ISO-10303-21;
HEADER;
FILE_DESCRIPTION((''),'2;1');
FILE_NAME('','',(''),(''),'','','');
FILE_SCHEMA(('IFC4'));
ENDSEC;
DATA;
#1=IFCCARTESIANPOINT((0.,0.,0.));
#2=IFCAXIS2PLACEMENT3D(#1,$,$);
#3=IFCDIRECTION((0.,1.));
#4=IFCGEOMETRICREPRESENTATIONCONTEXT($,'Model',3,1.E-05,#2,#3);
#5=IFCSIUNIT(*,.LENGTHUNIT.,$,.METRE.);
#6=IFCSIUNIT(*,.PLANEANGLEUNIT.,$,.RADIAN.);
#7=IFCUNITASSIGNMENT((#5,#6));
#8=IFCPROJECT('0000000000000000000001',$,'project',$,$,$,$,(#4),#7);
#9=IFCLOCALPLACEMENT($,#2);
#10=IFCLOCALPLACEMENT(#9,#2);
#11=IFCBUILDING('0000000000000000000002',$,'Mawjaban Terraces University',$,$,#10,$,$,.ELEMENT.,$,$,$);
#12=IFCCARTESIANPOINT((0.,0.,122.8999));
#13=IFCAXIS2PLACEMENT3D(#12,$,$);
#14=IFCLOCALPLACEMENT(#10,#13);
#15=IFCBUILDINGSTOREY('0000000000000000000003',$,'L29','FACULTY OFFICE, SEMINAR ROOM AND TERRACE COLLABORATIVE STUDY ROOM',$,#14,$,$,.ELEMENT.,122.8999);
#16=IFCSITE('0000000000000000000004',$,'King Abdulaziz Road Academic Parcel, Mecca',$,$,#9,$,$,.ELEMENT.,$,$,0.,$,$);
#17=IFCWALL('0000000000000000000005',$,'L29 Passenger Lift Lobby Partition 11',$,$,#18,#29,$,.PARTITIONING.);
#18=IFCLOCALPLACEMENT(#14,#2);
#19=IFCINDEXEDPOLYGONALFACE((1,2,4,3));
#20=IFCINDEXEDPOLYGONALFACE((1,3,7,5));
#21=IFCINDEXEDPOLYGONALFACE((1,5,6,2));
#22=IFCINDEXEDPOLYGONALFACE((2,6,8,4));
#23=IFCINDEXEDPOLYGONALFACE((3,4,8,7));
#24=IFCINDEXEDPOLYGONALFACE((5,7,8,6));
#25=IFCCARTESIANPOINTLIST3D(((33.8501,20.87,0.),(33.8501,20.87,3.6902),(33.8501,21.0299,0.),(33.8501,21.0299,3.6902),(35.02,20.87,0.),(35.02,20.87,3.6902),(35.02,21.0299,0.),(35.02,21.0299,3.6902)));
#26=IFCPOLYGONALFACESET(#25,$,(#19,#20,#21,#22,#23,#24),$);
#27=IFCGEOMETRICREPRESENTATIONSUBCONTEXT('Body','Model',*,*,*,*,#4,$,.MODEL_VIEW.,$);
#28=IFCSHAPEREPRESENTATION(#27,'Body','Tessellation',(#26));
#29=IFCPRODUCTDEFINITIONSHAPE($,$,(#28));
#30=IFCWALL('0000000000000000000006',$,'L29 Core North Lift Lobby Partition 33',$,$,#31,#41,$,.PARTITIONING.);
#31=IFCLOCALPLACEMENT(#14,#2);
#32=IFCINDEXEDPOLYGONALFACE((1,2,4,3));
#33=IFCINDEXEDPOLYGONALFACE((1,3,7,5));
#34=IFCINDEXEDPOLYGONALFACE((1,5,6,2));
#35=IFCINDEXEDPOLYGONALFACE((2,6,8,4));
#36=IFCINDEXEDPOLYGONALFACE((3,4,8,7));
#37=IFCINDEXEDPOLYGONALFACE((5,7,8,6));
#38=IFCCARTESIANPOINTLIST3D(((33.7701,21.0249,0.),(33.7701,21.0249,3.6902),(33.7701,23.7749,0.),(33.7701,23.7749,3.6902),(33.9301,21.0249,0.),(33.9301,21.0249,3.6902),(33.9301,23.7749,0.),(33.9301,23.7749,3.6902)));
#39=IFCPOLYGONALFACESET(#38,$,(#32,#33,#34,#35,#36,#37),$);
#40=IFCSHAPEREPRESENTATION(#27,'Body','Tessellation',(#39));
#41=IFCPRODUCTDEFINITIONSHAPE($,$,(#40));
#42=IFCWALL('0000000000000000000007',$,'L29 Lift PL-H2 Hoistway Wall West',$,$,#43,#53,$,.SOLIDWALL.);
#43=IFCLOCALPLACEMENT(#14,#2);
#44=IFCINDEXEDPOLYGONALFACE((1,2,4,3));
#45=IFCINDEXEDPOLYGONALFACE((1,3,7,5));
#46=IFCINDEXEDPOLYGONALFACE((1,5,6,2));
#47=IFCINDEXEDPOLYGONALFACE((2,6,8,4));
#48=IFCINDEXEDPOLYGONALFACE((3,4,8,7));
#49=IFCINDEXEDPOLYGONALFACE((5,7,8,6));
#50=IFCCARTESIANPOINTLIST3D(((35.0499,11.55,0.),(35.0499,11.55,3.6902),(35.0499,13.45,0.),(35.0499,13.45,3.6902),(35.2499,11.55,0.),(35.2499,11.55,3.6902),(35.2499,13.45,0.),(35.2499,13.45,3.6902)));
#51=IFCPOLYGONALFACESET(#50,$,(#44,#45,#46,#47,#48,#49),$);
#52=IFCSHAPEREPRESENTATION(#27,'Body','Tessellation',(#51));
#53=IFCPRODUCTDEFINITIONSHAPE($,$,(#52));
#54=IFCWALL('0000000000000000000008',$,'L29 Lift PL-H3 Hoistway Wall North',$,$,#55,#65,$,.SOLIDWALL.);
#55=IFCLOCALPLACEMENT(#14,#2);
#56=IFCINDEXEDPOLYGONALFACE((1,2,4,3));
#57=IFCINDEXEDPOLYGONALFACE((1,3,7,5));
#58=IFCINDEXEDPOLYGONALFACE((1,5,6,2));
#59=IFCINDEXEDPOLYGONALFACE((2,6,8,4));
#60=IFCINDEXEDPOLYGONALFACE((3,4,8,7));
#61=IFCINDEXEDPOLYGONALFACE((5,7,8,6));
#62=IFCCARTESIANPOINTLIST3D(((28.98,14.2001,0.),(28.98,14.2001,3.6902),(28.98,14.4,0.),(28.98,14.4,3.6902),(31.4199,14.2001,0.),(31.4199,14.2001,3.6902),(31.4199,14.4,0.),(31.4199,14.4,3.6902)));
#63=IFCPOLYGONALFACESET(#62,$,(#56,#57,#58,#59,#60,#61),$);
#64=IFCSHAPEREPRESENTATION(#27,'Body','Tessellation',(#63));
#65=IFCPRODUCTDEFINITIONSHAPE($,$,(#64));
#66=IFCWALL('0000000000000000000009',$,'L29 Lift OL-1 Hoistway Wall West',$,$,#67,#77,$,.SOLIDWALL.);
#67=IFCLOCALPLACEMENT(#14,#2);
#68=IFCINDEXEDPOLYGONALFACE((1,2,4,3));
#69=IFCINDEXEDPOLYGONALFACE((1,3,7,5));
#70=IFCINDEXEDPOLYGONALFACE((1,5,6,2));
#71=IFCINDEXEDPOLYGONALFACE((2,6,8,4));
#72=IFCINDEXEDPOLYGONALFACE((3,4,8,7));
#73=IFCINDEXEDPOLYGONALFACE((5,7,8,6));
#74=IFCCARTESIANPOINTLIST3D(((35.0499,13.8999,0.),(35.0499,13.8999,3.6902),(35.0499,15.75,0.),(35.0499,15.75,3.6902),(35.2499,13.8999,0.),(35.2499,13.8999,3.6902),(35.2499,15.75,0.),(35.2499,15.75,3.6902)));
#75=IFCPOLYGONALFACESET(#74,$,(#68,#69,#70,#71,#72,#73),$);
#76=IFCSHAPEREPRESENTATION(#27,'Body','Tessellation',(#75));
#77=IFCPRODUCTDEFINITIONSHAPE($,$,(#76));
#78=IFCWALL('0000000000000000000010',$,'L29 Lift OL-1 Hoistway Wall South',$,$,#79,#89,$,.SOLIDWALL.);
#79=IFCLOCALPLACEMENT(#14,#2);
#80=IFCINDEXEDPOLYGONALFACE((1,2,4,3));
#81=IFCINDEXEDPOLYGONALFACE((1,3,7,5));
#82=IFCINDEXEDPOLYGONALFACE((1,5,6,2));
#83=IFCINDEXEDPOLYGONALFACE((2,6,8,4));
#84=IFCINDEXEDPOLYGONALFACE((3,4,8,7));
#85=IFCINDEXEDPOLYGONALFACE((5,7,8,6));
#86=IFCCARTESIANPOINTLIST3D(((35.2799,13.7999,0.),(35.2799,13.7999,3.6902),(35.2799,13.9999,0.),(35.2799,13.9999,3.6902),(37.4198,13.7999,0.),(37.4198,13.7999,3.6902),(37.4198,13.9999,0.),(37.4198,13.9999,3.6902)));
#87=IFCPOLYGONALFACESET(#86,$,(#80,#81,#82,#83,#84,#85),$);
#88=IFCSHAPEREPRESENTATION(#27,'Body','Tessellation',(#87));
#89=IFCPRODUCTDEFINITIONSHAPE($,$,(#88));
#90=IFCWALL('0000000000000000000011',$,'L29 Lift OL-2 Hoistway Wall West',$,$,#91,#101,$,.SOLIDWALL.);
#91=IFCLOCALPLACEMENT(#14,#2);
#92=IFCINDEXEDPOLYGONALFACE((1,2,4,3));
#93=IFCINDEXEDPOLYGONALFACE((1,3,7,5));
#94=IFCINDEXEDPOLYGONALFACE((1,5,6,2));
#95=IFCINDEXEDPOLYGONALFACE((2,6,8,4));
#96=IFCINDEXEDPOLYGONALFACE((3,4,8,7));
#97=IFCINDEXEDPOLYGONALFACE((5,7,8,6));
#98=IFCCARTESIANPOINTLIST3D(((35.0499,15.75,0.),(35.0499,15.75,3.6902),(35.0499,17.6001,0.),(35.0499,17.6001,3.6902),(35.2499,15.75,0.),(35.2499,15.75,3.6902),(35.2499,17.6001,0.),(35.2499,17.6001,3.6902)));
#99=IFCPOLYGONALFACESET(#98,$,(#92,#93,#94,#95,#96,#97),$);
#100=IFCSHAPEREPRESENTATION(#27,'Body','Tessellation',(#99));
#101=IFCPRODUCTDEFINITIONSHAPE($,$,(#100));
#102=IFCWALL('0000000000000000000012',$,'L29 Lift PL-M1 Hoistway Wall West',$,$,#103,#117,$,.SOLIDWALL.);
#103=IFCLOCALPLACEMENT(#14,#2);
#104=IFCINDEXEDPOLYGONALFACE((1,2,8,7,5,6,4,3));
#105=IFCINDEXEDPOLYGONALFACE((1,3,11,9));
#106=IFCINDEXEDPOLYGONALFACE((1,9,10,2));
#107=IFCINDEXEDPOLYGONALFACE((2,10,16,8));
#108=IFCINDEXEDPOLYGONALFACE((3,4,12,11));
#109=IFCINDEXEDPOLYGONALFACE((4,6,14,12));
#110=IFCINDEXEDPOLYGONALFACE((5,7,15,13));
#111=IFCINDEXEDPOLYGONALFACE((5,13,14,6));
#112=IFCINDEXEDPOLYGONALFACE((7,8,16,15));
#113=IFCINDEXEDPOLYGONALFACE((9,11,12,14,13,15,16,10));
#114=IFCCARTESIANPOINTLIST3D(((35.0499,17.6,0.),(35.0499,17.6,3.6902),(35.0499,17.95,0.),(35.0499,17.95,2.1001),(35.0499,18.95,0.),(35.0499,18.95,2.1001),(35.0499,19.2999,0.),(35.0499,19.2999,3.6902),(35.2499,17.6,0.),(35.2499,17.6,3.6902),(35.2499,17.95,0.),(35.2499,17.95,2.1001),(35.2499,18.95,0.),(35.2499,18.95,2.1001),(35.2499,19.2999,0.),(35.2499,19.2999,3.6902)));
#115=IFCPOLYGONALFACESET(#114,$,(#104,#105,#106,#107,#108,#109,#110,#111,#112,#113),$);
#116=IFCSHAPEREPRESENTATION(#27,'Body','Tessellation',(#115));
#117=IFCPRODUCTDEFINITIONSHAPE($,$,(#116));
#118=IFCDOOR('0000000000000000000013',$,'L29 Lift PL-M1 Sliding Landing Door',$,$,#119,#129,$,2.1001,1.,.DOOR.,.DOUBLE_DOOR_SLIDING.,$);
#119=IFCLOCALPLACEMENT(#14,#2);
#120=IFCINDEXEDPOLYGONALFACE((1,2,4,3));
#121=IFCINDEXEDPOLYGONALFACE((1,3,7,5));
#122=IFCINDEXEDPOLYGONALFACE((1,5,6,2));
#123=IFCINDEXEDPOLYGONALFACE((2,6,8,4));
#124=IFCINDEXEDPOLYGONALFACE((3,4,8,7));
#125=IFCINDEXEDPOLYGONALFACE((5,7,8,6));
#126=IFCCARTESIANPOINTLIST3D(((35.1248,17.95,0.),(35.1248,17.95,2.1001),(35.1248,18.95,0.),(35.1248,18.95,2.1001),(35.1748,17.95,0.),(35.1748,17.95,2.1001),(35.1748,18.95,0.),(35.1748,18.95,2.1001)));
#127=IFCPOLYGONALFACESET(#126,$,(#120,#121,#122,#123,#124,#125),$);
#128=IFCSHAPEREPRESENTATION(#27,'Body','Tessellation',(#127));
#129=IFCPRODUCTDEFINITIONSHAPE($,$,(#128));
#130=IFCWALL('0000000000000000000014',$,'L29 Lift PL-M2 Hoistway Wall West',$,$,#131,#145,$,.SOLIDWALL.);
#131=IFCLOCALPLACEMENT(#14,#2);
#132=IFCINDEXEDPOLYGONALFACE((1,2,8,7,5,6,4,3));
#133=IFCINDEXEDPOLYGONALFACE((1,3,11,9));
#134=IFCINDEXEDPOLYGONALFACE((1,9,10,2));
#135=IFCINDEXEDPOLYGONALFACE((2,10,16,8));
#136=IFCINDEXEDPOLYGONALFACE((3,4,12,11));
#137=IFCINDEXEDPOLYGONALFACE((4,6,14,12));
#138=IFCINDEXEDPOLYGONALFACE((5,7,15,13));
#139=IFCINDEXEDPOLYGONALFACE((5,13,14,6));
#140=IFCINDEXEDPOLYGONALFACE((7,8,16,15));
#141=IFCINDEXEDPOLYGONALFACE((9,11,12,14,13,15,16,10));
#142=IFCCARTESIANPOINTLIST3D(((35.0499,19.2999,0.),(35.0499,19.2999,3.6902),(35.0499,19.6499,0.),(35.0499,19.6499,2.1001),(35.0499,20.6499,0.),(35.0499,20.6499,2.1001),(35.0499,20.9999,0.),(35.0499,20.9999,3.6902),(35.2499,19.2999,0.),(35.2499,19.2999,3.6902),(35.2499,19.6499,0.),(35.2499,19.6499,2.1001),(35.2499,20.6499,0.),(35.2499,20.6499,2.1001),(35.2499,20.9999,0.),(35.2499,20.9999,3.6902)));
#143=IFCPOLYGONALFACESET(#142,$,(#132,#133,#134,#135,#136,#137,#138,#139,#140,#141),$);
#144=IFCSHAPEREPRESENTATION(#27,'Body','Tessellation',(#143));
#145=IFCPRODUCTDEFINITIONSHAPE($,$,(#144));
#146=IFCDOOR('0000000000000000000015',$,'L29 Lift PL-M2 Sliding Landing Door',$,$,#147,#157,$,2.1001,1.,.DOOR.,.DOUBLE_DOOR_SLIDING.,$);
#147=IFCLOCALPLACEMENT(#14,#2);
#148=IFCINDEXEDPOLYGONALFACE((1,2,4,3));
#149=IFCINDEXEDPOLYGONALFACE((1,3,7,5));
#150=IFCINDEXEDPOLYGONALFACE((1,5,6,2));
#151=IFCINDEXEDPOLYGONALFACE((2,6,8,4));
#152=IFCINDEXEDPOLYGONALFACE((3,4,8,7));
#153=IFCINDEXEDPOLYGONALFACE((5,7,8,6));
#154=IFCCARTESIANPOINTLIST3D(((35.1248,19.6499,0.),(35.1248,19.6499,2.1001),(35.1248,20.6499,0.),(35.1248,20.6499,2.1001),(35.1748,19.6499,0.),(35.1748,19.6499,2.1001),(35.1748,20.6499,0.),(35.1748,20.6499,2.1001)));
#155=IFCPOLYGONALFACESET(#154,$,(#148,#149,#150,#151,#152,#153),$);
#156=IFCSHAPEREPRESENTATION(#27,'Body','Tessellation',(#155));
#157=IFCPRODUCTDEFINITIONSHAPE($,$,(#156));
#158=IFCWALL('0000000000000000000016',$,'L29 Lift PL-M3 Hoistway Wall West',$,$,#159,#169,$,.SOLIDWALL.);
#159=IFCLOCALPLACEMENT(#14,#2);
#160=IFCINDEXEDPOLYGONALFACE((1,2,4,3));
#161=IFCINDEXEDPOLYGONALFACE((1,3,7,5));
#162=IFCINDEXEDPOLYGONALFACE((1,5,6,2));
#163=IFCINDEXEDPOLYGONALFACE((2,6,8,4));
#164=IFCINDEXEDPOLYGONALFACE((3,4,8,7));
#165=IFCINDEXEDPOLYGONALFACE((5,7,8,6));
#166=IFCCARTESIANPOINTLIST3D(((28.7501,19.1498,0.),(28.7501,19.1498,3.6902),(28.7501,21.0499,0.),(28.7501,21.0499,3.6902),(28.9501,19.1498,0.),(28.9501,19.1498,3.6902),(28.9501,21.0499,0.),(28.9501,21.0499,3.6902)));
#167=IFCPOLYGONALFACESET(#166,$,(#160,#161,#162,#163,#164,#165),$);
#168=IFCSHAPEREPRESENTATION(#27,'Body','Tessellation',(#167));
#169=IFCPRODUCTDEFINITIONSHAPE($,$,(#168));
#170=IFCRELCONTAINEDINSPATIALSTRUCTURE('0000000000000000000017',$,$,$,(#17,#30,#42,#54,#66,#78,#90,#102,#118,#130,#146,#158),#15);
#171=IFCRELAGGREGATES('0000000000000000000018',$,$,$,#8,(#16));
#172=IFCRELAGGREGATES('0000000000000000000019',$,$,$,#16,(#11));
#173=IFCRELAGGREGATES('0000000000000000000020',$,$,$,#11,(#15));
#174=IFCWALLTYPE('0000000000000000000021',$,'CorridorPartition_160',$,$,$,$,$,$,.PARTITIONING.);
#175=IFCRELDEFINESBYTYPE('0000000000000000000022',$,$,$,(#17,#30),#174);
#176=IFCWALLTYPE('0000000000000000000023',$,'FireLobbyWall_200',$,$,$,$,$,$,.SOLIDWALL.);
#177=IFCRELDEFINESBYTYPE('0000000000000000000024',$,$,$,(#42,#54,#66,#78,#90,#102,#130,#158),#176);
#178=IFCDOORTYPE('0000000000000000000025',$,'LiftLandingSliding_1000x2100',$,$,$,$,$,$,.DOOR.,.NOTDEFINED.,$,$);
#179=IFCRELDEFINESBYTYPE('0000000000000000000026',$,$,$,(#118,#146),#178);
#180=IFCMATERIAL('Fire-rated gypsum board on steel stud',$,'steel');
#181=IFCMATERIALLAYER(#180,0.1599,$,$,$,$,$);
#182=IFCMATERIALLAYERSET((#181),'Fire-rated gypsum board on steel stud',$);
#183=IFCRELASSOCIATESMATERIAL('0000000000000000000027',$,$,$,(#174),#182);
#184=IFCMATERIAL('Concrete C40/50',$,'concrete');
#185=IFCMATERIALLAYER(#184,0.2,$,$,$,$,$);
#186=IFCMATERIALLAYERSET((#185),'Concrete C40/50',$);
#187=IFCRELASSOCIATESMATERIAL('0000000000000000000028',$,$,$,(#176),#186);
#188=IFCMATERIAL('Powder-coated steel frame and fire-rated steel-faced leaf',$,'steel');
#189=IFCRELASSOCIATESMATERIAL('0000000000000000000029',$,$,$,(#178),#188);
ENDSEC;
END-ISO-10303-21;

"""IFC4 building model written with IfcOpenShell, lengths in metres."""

from ifc_helpers import new_model, si_unit, direction, frame, frame_2d, origin, place, context, subcontext, project, spatial, rectangle, extrude, material, layer, layer_set, type_object, element, fill, save


model = new_model("IFC4")

# Units and contexts
model_context = context("Model", 3, precision=1e-05, world=origin(), true_north=direction((0.0, 1.0)))
body_context = subcontext(model_context, "Body", "Model", "MODEL_VIEW")
ifc_project = project(units=[si_unit("LENGTHUNIT", "METRE"), si_unit("PLANEANGLEUNIT", "RADIAN")], contexts=[model_context])

# Site, building, storey
site_placement = place(None, origin())
site = spatial("IfcSite", under=ifc_project, at=site_placement, Name="King Abdulaziz Road Academic Parcel, Mecca", CompositionType="ELEMENT", RefElevation=0.0)
building_placement = place(site_placement, origin())
building = spatial("IfcBuilding", under=site, at=building_placement, Name="Mawjaban Terraces University", CompositionType="ELEMENT")
storey_placement = place(building_placement, frame((0.0, 0.0, 122.8999)))
storey = spatial("IfcBuildingStorey", under=building, at=storey_placement, Name="L29", Description="FACULTY OFFICE, SEMINAR ROOM AND TERRACE COLLABORATIVE STUDY ROOM", CompositionType="ELEMENT", Elevation=122.8999)

# Walls
ifc_material_1 = material(Name="Fire-rated gypsum board on steel stud", Category="steel")
ifc_layer_1 = layer(ifc_material_1, 0.1599)
ifc_layer_set_1 = layer_set([ifc_layer_1], Name="Fire-rated gypsum board on steel stud")
wall_type_1 = type_object("IfcWallType", Name="CorridorPartition_160", PredefinedType="PARTITIONING", material=ifc_layer_set_1)
wall_1_placement = place(storey_placement, frame((35.02, 20.95, 0.0), z_axis=(0.0, 0.0, 1.0), x_axis=(-1.0, 0.0, 0.0)))
element("IfcWall", 1, at=wall_1_placement, inside=storey, type_object=wall_type_1, Name="L29 Passenger Lift Lobby Partition 11", PredefinedType="PARTITIONING", context=body_context, shape_type="SweptSolid", body=[
    extrude(rectangle(XDim=1.1699, YDim=0.1599, at=frame_2d((0.585, 0.0))), origin(), (0.0, 0.0, 1.0), 3.6902),
])
wall_2_placement = place(storey_placement, frame((33.8501, 21.0249, 0.0), z_axis=(0.0, 0.0, 1.0), x_axis=(0.0, 1.0, 0.0)))
element("IfcWall", 2, at=wall_2_placement, inside=storey, type_object=wall_type_1, Name="L29 Core North Lift Lobby Partition 33", PredefinedType="PARTITIONING", context=body_context, shape_type="SweptSolid", body=[
    extrude(rectangle(XDim=2.75, YDim=0.1599, at=frame_2d((1.375, 0.0))), origin(), (0.0, 0.0, 1.0), 3.6902),
])
ifc_material_2 = material(Name="Concrete C40/50", Category="concrete")
ifc_layer_2 = layer(ifc_material_2, 0.2)
ifc_layer_set_2 = layer_set([ifc_layer_2], Name="Concrete C40/50")
wall_type_2 = type_object("IfcWallType", Name="FireLobbyWall_200", PredefinedType="SOLIDWALL", material=ifc_layer_set_2)
wall_3_placement = place(storey_placement, frame((35.1499, 13.45, 0.0), z_axis=(0.0, 0.0, 1.0), x_axis=(0.0, -1.0, 0.0)))
element("IfcWall", 3, at=wall_3_placement, inside=storey, type_object=wall_type_2, Name="L29 Lift PL-H2 Hoistway Wall West", PredefinedType="SOLIDWALL", context=body_context, shape_type="SweptSolid", body=[
    extrude(rectangle(XDim=1.8999, YDim=0.2, at=frame_2d((0.95, 0.0))), origin(), (0.0, 0.0, 1.0), 3.6902),
])
wall_4_placement = place(storey_placement, frame((31.4199, 14.3, 0.0), z_axis=(0.0, 0.0, 1.0), x_axis=(-1.0, 0.0, 0.0)))
element("IfcWall", 4, at=wall_4_placement, inside=storey, type_object=wall_type_2, Name="L29 Lift PL-H3 Hoistway Wall North", PredefinedType="SOLIDWALL", context=body_context, shape_type="SweptSolid", body=[
    extrude(rectangle(XDim=2.4399, YDim=0.2, at=frame_2d((1.22, 0.0))), origin(), (0.0, 0.0, 1.0), 3.6902),
])
wall_5_placement = place(storey_placement, frame((35.1499, 15.75, 0.0), z_axis=(0.0, 0.0, 1.0), x_axis=(0.0, -1.0, 0.0)))
element("IfcWall", 5, at=wall_5_placement, inside=storey, type_object=wall_type_2, Name="L29 Lift OL-1 Hoistway Wall West", PredefinedType="SOLIDWALL", context=body_context, shape_type="SweptSolid", body=[
    extrude(rectangle(XDim=1.8501, YDim=0.2, at=frame_2d((0.925, 0.0))), origin(), (0.0, 0.0, 1.0), 3.6902),
])
wall_6_placement = place(storey_placement, frame((35.28, 13.8999, 0.0), z_axis=(0.0, 0.0, 1.0), x_axis=(1.0, 0.0, 0.0)))
element("IfcWall", 6, at=wall_6_placement, inside=storey, type_object=wall_type_2, Name="L29 Lift OL-1 Hoistway Wall South", PredefinedType="SOLIDWALL", context=body_context, shape_type="SweptSolid", body=[
    extrude(rectangle(XDim=2.1399, YDim=0.2, at=frame_2d((1.0698, 0.0))), origin(), (0.0, 0.0, 1.0), 3.6902),
])
wall_7_placement = place(storey_placement, frame((35.1499, 17.6001, 0.0), z_axis=(0.0, 0.0, 1.0), x_axis=(0.0, -1.0, 0.0)))
element("IfcWall", 7, at=wall_7_placement, inside=storey, type_object=wall_type_2, Name="L29 Lift OL-2 Hoistway Wall West", PredefinedType="SOLIDWALL", context=body_context, shape_type="SweptSolid", body=[
    extrude(rectangle(XDim=1.8501, YDim=0.2, at=frame_2d((0.925, 0.0))), origin(), (0.0, 0.0, 1.0), 3.6902),
])

# Walls, openings, doors
wall_8_placement = place(storey_placement, frame((35.1499, 19.3, 0.0), z_axis=(0.0, 0.0, 1.0), x_axis=(0.0, -1.0, 0.0)))
wall_8 = element("IfcWall", 8, at=wall_8_placement, inside=storey, type_object=wall_type_2, Name="L29 Lift PL-M1 Hoistway Wall West", PredefinedType="SOLIDWALL", context=body_context, shape_type="SweptSolid", body=[
    extrude(rectangle(XDim=1.7, YDim=0.2, at=frame_2d((0.8501, 0.0))), origin(), (0.0, 0.0, 1.0), 3.6902),
])
opening_1_placement = place(wall_8_placement, frame((0.3501, 0.0, 0.0)))
opening_1 = element("IfcOpeningElement", 9, at=opening_1_placement, cuts=wall_8, PredefinedType="OPENING", context=body_context, shape_type="SweptSolid", body=[
    extrude(rectangle(XDim=1.0, YDim=2.1001, at=frame_2d((0.5, 1.05))), frame((0.0, 0.1099, 0.0), z_axis=(0.0, -1.0, 0.0), x_axis=(1.0, 0.0, 0.0)), (0.0, 0.0, 1.0), 0.22),
])
ifc_material_3 = material(Name="Powder-coated steel frame and fire-rated steel-faced leaf", Category="steel")
door_type_1 = type_object("IfcDoorType", Name="LiftLandingSliding_1000x2100", OperationType="NOTDEFINED", PredefinedType="DOOR", material=ifc_material_3)
door_1_placement = place(opening_1_placement, origin())
door_1 = element("IfcDoor", 10, at=door_1_placement, inside=storey, type_object=door_type_1, Name="L29 Lift PL-M1 Sliding Landing Door", OperationType="DOUBLE_DOOR_SLIDING", OverallHeight=2.1001, OverallWidth=1.0, PredefinedType="DOOR", context=body_context, shape_type="SweptSolid", body=[
    extrude(rectangle(XDim=1.0, YDim=2.1001, at=frame_2d((0.5, 1.05))), frame((0.0, 0.0249, 0.0), z_axis=(0.0, -1.0, 0.0), x_axis=(1.0, 0.0, 0.0)), (0.0, 0.0, 1.0), 0.05),
])
fill(opening_1, door_1)
wall_9_placement = place(storey_placement, frame((35.1499, 21.0, 0.0), z_axis=(0.0, 0.0, 1.0), x_axis=(0.0, -1.0, 0.0)))
wall_9 = element("IfcWall", 11, at=wall_9_placement, inside=storey, type_object=wall_type_2, Name="L29 Lift PL-M2 Hoistway Wall West", PredefinedType="SOLIDWALL", context=body_context, shape_type="SweptSolid", body=[
    extrude(rectangle(XDim=1.7, YDim=0.2, at=frame_2d((0.8501, 0.0))), origin(), (0.0, 0.0, 1.0), 3.6902),
])
opening_2_placement = place(wall_9_placement, frame((0.3501, 0.0, 0.0)))
opening_2 = element("IfcOpeningElement", 12, at=opening_2_placement, cuts=wall_9, PredefinedType="OPENING", context=body_context, shape_type="SweptSolid", body=[
    extrude(rectangle(XDim=1.0, YDim=2.1001, at=frame_2d((0.5, 1.05))), frame((0.0, 0.1099, 0.0), z_axis=(0.0, -1.0, 0.0), x_axis=(1.0, 0.0, 0.0)), (0.0, 0.0, 1.0), 0.22),
])
door_2_placement = place(opening_2_placement, origin())
door_2 = element("IfcDoor", 13, at=door_2_placement, inside=storey, type_object=door_type_1, Name="L29 Lift PL-M2 Sliding Landing Door", OperationType="DOUBLE_DOOR_SLIDING", OverallHeight=2.1001, OverallWidth=1.0, PredefinedType="DOOR", context=body_context, shape_type="SweptSolid", body=[
    extrude(rectangle(XDim=1.0, YDim=2.1001, at=frame_2d((0.5, 1.05))), frame((0.0, 0.0249, 0.0), z_axis=(0.0, -1.0, 0.0), x_axis=(1.0, 0.0, 0.0)), (0.0, 0.0, 1.0), 0.05),
])
fill(opening_2, door_2)

# Wall
wall_10_placement = place(storey_placement, frame((28.8501, 21.05, 0.0), z_axis=(0.0, 0.0, 1.0), x_axis=(0.0, -1.0, 0.0)))
element("IfcWall", 14, at=wall_10_placement, inside=storey, type_object=wall_type_2, Name="L29 Lift PL-M3 Hoistway Wall West", PredefinedType="SOLIDWALL", context=body_context, shape_type="SweptSolid", body=[
    extrude(rectangle(XDim=1.9001, YDim=0.2, at=frame_2d((0.9502, 0.0))), origin(), (0.0, 0.0, 1.0), 3.6902),
])

save(model, "model.ifc")
